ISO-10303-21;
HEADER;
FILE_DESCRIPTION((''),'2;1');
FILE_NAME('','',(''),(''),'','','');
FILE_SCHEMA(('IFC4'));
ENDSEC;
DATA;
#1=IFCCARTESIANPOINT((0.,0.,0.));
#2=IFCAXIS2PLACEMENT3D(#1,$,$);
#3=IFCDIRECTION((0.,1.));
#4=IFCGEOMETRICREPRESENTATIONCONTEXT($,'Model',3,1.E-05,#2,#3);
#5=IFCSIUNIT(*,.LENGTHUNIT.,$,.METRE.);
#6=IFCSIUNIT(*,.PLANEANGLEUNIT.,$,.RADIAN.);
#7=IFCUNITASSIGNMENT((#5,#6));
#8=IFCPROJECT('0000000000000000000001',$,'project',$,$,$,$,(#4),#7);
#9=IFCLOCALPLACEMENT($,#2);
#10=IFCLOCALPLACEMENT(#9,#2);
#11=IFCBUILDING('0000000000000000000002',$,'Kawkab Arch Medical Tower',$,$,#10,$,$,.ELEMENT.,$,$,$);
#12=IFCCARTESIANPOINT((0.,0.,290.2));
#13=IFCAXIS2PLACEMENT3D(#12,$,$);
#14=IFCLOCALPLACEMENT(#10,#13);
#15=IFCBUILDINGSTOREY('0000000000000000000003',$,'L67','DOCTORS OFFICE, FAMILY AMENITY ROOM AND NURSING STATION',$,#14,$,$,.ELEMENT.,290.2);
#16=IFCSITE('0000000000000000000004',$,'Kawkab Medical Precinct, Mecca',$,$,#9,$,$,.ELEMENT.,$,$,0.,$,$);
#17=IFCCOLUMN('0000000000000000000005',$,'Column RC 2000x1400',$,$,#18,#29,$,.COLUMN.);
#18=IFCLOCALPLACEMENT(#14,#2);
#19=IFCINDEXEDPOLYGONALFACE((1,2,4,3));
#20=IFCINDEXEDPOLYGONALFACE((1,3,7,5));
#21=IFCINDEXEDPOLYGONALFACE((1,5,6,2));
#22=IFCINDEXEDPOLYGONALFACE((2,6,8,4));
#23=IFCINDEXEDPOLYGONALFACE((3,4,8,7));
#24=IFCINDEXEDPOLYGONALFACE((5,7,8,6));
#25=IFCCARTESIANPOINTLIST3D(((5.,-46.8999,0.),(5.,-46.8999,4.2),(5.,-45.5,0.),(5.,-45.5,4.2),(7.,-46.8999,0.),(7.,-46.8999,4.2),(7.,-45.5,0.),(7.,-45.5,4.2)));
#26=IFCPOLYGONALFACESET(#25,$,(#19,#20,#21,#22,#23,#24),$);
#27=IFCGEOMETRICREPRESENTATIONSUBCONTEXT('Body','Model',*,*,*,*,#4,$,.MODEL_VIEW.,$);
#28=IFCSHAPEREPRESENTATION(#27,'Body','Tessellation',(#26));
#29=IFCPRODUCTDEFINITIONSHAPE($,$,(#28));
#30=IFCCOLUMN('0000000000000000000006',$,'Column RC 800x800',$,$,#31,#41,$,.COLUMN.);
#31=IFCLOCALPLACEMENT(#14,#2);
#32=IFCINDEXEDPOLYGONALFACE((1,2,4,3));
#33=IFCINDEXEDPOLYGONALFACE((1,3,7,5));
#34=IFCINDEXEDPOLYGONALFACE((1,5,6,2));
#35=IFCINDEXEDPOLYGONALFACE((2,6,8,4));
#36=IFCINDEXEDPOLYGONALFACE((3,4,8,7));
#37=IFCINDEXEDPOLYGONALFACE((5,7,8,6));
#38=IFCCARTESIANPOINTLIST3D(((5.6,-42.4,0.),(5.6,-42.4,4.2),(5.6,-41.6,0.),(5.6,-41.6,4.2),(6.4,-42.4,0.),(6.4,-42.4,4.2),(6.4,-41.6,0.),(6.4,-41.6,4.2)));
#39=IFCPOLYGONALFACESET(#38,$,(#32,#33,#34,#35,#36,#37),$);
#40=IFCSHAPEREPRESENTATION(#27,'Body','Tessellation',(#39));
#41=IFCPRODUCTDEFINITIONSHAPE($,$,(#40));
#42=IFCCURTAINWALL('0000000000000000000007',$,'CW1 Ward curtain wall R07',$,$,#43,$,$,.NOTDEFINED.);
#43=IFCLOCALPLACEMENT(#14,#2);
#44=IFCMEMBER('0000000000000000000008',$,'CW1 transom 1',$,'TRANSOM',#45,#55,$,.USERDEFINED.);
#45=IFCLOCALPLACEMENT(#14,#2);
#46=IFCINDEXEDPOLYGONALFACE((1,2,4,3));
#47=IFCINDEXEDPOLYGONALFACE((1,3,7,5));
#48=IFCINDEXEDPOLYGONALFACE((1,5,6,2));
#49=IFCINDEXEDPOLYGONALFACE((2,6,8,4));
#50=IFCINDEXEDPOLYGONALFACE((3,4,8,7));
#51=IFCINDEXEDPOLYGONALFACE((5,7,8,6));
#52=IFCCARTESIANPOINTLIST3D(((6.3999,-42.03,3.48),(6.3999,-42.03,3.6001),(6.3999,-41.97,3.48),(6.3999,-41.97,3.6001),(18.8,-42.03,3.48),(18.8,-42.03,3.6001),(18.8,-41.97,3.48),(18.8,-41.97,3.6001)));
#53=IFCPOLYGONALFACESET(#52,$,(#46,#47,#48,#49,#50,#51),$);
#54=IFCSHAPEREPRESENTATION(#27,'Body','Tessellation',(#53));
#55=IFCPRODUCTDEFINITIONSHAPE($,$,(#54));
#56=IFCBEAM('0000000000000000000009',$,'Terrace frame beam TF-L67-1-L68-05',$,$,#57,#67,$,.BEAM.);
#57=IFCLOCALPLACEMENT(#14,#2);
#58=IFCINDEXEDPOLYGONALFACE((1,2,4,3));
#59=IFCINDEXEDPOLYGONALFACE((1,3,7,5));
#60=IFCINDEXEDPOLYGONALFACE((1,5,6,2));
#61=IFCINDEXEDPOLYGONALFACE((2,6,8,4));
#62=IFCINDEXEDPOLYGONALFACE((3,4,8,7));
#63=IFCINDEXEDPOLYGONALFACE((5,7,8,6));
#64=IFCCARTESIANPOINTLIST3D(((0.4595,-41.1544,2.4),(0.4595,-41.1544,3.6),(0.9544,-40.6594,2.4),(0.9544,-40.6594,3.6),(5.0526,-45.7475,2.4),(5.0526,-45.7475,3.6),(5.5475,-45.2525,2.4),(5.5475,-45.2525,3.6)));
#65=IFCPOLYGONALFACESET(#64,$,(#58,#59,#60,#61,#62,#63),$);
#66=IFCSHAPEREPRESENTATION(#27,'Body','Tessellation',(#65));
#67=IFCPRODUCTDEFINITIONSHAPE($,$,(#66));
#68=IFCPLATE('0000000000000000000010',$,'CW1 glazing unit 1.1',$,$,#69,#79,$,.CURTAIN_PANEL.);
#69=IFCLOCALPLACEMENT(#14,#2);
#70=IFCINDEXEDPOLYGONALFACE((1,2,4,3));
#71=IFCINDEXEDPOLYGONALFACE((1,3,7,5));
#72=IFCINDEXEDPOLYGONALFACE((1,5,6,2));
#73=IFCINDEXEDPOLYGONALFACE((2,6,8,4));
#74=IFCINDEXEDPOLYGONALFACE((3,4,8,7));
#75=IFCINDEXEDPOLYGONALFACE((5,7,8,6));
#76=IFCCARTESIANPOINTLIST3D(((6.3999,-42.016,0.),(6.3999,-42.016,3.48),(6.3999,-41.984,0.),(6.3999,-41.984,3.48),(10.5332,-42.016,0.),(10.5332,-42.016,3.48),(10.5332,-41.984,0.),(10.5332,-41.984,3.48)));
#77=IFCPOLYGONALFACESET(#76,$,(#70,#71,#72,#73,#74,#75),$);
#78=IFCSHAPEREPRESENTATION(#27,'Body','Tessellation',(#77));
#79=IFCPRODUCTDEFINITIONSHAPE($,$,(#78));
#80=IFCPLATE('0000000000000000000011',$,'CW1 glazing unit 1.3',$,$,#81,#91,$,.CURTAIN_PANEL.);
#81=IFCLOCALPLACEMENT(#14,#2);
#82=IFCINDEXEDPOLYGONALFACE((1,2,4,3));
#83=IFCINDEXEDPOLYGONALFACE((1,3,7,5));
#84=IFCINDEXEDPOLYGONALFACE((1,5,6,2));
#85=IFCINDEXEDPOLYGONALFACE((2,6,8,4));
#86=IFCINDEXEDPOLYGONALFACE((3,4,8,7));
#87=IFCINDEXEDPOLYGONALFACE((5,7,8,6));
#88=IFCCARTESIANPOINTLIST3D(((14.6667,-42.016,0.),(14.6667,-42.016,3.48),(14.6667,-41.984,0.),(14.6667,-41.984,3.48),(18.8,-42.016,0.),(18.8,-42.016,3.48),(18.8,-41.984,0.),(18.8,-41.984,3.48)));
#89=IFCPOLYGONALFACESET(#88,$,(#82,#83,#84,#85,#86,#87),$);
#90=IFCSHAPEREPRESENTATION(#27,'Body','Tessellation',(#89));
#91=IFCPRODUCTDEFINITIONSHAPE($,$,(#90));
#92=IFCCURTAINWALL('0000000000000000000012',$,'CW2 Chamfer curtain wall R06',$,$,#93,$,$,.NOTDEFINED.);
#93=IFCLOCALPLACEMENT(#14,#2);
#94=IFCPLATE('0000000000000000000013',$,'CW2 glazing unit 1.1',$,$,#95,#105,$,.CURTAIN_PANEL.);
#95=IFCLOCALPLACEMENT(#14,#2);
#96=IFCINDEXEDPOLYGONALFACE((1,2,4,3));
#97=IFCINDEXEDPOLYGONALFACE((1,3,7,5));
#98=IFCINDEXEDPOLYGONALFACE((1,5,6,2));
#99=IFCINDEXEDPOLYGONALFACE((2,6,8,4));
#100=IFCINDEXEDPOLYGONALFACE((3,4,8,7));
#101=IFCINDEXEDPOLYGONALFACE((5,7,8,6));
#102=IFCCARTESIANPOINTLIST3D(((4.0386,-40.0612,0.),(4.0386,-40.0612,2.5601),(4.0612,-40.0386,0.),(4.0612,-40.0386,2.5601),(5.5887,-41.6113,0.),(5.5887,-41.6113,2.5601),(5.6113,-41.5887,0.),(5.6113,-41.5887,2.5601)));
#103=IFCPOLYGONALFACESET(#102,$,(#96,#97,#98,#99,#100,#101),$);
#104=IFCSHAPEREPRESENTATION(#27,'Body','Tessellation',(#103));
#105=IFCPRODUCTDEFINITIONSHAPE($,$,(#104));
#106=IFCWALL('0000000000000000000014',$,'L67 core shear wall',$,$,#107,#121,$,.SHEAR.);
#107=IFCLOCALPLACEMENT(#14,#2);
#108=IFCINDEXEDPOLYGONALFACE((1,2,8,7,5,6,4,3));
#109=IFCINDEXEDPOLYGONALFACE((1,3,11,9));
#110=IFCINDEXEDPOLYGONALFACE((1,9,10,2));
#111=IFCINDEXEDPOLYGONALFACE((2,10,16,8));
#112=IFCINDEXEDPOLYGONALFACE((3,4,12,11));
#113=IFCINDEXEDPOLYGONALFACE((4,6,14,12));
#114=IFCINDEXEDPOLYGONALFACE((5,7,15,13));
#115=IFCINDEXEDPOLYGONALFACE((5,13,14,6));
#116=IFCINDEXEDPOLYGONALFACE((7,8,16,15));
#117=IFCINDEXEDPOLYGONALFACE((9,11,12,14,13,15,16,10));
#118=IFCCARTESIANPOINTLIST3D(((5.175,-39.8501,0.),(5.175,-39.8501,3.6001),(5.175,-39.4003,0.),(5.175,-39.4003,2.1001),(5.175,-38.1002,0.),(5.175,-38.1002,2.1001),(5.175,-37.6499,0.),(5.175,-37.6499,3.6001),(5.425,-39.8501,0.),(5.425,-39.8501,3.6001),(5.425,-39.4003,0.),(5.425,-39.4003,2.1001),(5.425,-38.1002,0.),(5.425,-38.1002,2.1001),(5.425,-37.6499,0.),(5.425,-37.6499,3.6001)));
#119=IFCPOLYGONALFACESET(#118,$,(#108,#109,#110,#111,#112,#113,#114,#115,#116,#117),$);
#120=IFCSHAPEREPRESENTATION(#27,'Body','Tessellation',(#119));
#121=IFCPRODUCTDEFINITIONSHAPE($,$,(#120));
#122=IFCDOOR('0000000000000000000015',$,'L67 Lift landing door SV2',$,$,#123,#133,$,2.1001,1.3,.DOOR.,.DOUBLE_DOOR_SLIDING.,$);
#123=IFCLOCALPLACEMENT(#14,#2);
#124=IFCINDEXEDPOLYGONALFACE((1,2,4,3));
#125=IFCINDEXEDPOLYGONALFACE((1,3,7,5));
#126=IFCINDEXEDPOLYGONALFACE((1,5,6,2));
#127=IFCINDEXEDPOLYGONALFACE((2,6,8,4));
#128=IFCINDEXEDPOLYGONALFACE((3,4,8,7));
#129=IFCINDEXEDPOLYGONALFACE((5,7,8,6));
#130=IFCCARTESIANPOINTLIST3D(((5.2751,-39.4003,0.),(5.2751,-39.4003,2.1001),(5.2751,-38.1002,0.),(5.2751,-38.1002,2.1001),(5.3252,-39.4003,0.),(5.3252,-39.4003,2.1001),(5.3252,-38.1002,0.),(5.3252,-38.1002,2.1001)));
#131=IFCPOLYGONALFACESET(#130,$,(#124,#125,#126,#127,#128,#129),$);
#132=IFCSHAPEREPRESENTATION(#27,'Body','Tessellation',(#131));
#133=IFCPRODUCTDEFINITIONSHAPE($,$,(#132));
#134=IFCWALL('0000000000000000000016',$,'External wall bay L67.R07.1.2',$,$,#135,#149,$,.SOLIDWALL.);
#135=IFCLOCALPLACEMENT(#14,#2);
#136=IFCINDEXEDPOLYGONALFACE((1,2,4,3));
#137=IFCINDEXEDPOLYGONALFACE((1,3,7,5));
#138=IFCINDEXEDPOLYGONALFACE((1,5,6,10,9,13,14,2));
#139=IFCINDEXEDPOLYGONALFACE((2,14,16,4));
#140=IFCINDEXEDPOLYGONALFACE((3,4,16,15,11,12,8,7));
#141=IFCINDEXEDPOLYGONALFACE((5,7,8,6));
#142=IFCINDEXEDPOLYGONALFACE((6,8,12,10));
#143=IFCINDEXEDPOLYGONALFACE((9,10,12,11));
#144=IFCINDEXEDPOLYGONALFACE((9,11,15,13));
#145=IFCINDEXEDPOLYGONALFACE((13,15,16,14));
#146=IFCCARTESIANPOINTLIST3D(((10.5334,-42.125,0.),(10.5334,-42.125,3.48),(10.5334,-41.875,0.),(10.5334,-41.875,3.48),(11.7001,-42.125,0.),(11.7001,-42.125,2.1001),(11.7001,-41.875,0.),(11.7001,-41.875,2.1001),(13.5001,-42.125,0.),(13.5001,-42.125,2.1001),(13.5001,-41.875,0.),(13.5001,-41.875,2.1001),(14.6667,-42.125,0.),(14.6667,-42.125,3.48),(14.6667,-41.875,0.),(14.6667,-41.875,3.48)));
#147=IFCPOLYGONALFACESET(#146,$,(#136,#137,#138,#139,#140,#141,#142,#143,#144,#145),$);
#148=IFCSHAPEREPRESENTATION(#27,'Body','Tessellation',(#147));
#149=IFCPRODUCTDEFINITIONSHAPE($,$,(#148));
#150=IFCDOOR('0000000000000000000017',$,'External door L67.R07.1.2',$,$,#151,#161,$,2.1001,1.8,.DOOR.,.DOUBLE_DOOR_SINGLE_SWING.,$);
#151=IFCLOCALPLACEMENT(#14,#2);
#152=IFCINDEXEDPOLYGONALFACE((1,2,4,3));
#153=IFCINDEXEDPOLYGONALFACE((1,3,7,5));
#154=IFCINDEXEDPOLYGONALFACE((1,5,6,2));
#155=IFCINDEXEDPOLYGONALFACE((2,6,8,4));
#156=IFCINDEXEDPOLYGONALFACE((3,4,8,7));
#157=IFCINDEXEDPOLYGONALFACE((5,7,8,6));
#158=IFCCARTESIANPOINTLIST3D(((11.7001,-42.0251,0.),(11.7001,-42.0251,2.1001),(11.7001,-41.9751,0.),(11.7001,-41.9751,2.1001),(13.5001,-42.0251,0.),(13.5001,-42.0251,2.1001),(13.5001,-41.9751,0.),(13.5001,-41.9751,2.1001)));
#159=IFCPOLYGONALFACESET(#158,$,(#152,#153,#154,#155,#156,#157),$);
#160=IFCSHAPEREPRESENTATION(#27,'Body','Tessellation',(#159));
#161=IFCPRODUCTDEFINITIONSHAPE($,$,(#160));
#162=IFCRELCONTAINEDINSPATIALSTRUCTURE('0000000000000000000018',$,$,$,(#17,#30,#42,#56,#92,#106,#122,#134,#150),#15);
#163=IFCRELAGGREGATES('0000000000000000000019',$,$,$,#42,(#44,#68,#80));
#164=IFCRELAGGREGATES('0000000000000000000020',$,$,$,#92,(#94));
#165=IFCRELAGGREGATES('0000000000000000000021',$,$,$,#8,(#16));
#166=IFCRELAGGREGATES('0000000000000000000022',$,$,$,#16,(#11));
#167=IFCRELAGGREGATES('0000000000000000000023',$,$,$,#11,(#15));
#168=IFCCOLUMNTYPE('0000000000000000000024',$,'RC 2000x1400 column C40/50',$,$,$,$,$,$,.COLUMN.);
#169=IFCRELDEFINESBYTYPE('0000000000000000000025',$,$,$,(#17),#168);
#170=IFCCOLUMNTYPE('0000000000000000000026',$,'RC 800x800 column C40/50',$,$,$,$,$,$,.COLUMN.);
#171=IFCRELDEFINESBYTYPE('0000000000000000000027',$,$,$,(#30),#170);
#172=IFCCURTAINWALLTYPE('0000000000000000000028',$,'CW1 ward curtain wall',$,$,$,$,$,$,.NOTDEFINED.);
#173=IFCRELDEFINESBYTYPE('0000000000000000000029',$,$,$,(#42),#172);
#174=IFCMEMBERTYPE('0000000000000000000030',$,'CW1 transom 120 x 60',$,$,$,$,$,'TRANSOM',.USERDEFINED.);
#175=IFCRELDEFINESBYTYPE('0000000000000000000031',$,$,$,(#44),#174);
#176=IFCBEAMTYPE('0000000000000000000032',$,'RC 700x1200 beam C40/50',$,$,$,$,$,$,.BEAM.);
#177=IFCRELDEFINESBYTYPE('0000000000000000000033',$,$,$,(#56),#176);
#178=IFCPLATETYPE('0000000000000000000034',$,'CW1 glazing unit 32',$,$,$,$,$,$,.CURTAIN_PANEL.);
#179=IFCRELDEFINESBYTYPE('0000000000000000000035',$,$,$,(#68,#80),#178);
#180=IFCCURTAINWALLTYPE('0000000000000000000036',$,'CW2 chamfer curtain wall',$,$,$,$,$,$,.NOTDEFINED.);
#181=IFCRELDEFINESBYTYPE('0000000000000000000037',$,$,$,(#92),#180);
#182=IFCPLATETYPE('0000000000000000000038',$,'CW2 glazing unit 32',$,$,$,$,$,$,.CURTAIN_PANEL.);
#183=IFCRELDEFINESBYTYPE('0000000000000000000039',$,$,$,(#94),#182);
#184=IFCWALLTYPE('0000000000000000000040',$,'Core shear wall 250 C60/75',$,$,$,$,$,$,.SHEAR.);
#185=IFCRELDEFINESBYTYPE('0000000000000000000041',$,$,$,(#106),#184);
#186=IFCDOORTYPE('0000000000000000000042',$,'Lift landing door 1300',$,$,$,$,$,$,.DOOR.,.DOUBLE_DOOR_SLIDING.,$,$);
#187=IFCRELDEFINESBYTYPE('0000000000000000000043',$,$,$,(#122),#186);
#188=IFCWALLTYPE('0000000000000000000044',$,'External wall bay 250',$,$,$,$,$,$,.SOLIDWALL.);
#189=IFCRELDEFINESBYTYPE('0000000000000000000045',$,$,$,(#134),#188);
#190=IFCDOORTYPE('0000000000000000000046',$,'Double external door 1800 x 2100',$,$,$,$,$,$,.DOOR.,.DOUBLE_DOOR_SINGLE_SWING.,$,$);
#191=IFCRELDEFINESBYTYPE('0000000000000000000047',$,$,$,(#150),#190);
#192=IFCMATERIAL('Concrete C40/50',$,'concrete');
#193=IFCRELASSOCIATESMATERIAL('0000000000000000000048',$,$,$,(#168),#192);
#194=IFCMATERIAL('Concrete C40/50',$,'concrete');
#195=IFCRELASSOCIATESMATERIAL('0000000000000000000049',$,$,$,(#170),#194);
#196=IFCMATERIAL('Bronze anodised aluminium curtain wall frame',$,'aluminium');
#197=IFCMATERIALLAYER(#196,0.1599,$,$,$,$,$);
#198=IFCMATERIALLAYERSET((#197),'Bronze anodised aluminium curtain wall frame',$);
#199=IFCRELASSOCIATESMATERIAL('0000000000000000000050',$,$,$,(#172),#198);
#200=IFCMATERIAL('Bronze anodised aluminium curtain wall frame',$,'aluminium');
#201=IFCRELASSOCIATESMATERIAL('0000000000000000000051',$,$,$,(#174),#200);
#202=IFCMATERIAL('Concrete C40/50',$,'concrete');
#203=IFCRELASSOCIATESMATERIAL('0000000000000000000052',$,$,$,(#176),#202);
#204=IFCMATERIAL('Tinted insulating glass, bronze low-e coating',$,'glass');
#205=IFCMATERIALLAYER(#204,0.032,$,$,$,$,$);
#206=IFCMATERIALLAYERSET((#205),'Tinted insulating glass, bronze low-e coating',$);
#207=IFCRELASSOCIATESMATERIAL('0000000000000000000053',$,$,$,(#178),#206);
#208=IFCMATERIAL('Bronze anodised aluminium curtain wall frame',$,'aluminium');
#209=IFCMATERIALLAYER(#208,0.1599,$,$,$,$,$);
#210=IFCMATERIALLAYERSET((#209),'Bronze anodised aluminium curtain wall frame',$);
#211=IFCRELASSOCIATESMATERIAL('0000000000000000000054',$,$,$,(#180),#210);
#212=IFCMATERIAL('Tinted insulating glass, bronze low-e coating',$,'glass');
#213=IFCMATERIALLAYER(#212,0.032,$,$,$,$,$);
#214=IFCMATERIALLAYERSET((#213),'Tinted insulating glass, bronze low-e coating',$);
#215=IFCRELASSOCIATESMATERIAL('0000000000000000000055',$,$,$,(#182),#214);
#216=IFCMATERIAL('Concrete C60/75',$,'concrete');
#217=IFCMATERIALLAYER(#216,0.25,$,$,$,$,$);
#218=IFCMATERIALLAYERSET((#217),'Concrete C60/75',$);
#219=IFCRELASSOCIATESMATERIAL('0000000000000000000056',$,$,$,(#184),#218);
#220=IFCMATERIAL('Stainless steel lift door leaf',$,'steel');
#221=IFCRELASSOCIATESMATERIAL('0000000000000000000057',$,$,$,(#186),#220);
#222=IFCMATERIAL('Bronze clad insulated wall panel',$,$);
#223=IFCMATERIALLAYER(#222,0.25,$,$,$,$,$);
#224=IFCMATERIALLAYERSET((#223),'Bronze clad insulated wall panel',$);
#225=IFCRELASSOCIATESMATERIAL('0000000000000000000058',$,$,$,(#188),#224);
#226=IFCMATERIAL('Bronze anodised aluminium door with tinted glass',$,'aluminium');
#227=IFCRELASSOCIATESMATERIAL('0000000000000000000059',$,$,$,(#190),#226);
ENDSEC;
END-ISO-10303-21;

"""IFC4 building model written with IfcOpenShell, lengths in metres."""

from ifc_helpers import new_model, si_unit, direction, frame, frame_2d, origin, origin_2d, place, context, subcontext, project, spatial, rectangle, extrude, material, layer, layer_set, material_profile, profile_set, type_object, element, fill, aggregate, save


model = new_model("IFC4")

# Units and contexts
model_context = context("Model", 3, precision=1e-05, world=origin(), true_north=direction((0.0, 1.0)))
body_context = subcontext(model_context, "Body", "Model", "MODEL_VIEW")
ifc_project = project(units=[si_unit("LENGTHUNIT", "METRE"), si_unit("PLANEANGLEUNIT", "RADIAN")], contexts=[model_context])

# Site, building, storey
site_placement = place(None, origin())
site = spatial("IfcSite", under=ifc_project, at=site_placement, Name="Kawkab Medical Precinct, Mecca", CompositionType="ELEMENT", RefElevation=0.0)
building_placement = place(site_placement, origin())
building = spatial("IfcBuilding", under=site, at=building_placement, Name="Kawkab Arch Medical Tower", CompositionType="ELEMENT")
storey_placement = place(building_placement, frame((0.0, 0.0, 290.2)))
storey = spatial("IfcBuildingStorey", under=building, at=storey_placement, Name="L67", Description="DOCTORS OFFICE, FAMILY AMENITY ROOM AND NURSING STATION", CompositionType="ELEMENT", Elevation=290.2)

# Columns
ifc_material_1 = material(Name="Concrete C40/50", Category="concrete")
ifc_material_profile_1 = material_profile(ifc_material_1, rectangle(XDim=2.0, YDim=1.3999, at=origin_2d()), Name="RC 2000x1400")
ifc_profile_set_1 = profile_set([ifc_material_profile_1], Name="Concrete C40/50")
column_type_1 = type_object("IfcColumnType", Name="RC 2000x1400 column C40/50", PredefinedType="COLUMN", material=ifc_profile_set_1)
column_1_placement = place(storey_placement, frame((6.0, -46.2, 0.0), z_axis=(0.0, 0.0, 1.0), x_axis=(-1.0, 0.0, 0.0)))
element("IfcColumn", 1, at=column_1_placement, inside=storey, type_object=column_type_1, Name="Column RC 2000x1400", PredefinedType="COLUMN", context=body_context, shape_type="SweptSolid", body=[
    extrude(rectangle(XDim=2.0, YDim=1.3999, at=origin_2d()), origin(), (0.0, 0.0, 1.0), 4.2),
])
ifc_material_2 = material(Name="Concrete C40/50", Category="concrete")
ifc_material_profile_2 = material_profile(ifc_material_2, rectangle(XDim=0.8, YDim=0.8, at=origin_2d()), Name="RC 800x800")
ifc_profile_set_2 = profile_set([ifc_material_profile_2], Name="Concrete C40/50")
column_type_2 = type_object("IfcColumnType", Name="RC 800x800 column C40/50", PredefinedType="COLUMN", material=ifc_profile_set_2)
column_2_placement = place(storey_placement, frame((6.0, -42.0, 0.0), z_axis=(0.0, 0.0, 1.0), x_axis=(1.0, 0.0, 0.0)))
element("IfcColumn", 2, at=column_2_placement, inside=storey, type_object=column_type_2, Name="Column RC 800x800", PredefinedType="COLUMN", context=body_context, shape_type="SweptSolid", body=[
    extrude(rectangle(XDim=0.8, YDim=0.8, at=origin_2d()), origin(), (0.0, 0.0, 1.0), 4.2),
])

# Curtain wall, member
ifc_material_3 = material(Name="Bronze anodised aluminium curtain wall frame", Category="aluminium")
ifc_layer_1 = layer(ifc_material_3, 0.1599)
ifc_layer_set_1 = layer_set([ifc_layer_1], Name="Bronze anodised aluminium curtain wall frame")
curtain_wall_type_1 = type_object("IfcCurtainWallType", Name="CW1 ward curtain wall", PredefinedType="NOTDEFINED", material=ifc_layer_set_1)
placement = place(storey_placement, origin())
curtain_wall_1 = element("IfcCurtainWall", 3, at=placement, inside=storey, type_object=curtain_wall_type_1, Name="CW1 Ward curtain wall R07", PredefinedType="NOTDEFINED")
ifc_material_4 = material(Name="Bronze anodised aluminium curtain wall frame", Category="aluminium")
ifc_material_profile_3 = material_profile(ifc_material_4, rectangle(XDim=0.0601, YDim=0.1201, at=origin_2d()), Name="AL 60x120")
ifc_profile_set_3 = profile_set([ifc_material_profile_3], Name="Bronze anodised aluminium curtain wall frame")
member_type = type_object("IfcMemberType", Name="CW1 transom 120 x 60", ElementType="TRANSOM", PredefinedType="USERDEFINED", material=ifc_profile_set_3)
member_placement = place(storey_placement, frame((6.3999, -42.0, 3.54), z_axis=(1.0, 0.0, 0.0), x_axis=(0.0, 1.0, 0.0)))
member = element("IfcMember", 4, at=member_placement, type_object=member_type, Name="CW1 transom 1", ObjectType="TRANSOM", PredefinedType="USERDEFINED", context=body_context, shape_type="SweptSolid", body=[
    extrude(rectangle(XDim=0.0601, YDim=0.1201, at=origin_2d()), origin(), (0.0, 0.0, 1.0), 12.4001),
])

# Beam
ifc_material_5 = material(Name="Concrete C40/50", Category="concrete")
ifc_material_profile_4 = material_profile(ifc_material_5, rectangle(XDim=0.7, YDim=1.2, at=origin_2d()), Name="RC 700x1200")
ifc_profile_set_4 = profile_set([ifc_material_profile_4], Name="Concrete C40/50")
beam_type = type_object("IfcBeamType", Name="RC 700x1200 beam C40/50", PredefinedType="BEAM", material=ifc_profile_set_4)
beam_placement = place(storey_placement, frame((5.3, -45.5, 3.0), z_axis=(-0.707107, 0.707107, 0.0), x_axis=(-0.707107, -0.707107, 0.0)))
element("IfcBeam", 5, at=beam_placement, inside=storey, type_object=beam_type, Name="Terrace frame beam TF-L67-1-L68-05", PredefinedType="BEAM", context=body_context, shape_type="SweptSolid", body=[
    extrude(rectangle(XDim=0.7, YDim=1.2, at=origin_2d()), origin(), (0.0, 0.0, 1.0), 6.4956),
])

# Plates
ifc_material_6 = material(Name="Tinted insulating glass, bronze low-e coating", Category="glass")
ifc_layer_2 = layer(ifc_material_6, 0.032)
ifc_layer_set_2 = layer_set([ifc_layer_2], Name="Tinted insulating glass, bronze low-e coating")
plate_type_1 = type_object("IfcPlateType", Name="CW1 glazing unit 32", PredefinedType="CURTAIN_PANEL", material=ifc_layer_set_2)
plate_1_placement = place(storey_placement, frame((8.4666, -42.0, 0.0), z_axis=(0.0, 0.0, 1.0), x_axis=(1.0, 0.0, 0.0)))
plate_1 = element("IfcPlate", 6, at=plate_1_placement, type_object=plate_type_1, Name="CW1 glazing unit 1.1", PredefinedType="CURTAIN_PANEL", context=body_context, shape_type="SweptSolid", body=[
    extrude(rectangle(XDim=4.1333, YDim=0.032, at=origin_2d()), origin(), (0.0, 0.0, 1.0), 3.48),
])
plate_2_placement = place(storey_placement, frame((16.7334, -42.0, 0.0), z_axis=(0.0, 0.0, 1.0), x_axis=(1.0, 0.0, 0.0)))
plate_2 = element("IfcPlate", 7, at=plate_2_placement, type_object=plate_type_1, Name="CW1 glazing unit 1.3", PredefinedType="CURTAIN_PANEL", context=body_context, shape_type="SweptSolid", body=[
    extrude(rectangle(XDim=4.1333, YDim=0.032, at=origin_2d()), origin(), (0.0, 0.0, 1.0), 3.48),
])
aggregate(curtain_wall_1, [member, plate_1, plate_2])

# Curtain wall, plate
ifc_material_7 = material(Name="Bronze anodised aluminium curtain wall frame", Category="aluminium")
ifc_layer_3 = layer(ifc_material_7, 0.1599)
ifc_layer_set_3 = layer_set([ifc_layer_3], Name="Bronze anodised aluminium curtain wall frame")
curtain_wall_type_2 = type_object("IfcCurtainWallType", Name="CW2 chamfer curtain wall", PredefinedType="NOTDEFINED", material=ifc_layer_set_3)
curtain_wall_2 = element("IfcCurtainWall", 8, at=placement, inside=storey, type_object=curtain_wall_type_2, Name="CW2 Chamfer curtain wall R06", PredefinedType="NOTDEFINED")
ifc_material_8 = material(Name="Tinted insulating glass, bronze low-e coating", Category="glass")
ifc_layer_4 = layer(ifc_material_8, 0.032)
ifc_layer_set_4 = layer_set([ifc_layer_4], Name="Tinted insulating glass, bronze low-e coating")
plate_type_2 = type_object("IfcPlateType", Name="CW2 glazing unit 32", PredefinedType="CURTAIN_PANEL", material=ifc_layer_set_4)
plate_3_placement = place(storey_placement, frame((4.825, -40.825, 0.0), z_axis=(0.0, 0.0, 1.0), x_axis=(0.707107, -0.707107, 0.0)))
plate_3 = element("IfcPlate", 9, at=plate_3_placement, type_object=plate_type_2, Name="CW2 glazing unit 1.1", PredefinedType="CURTAIN_PANEL", context=body_context, shape_type="SweptSolid", body=[
    extrude(rectangle(XDim=2.1921, YDim=0.032, at=origin_2d()), origin(), (0.0, 0.0, 1.0), 2.5601),
])
aggregate(curtain_wall_2, [plate_3])

# Walls, openings, doors
ifc_material_9 = material(Name="Concrete C60/75", Category="concrete")
ifc_layer_5 = layer(ifc_material_9, 0.25)
ifc_layer_set_5 = layer_set([ifc_layer_5], Name="Concrete C60/75")
wall_type_1 = type_object("IfcWallType", Name="Core shear wall 250 C60/75", PredefinedType="SHEAR", material=ifc_layer_set_5)
wall_1_placement = place(storey_placement, frame((5.3, -39.8501, 0.0), z_axis=(0.0, 0.0, 1.0), x_axis=(0.0, 1.0, 0.0)))
wall_1 = element("IfcWall", 10, at=wall_1_placement, inside=storey, type_object=wall_type_1, Name="L67 core shear wall", PredefinedType="SHEAR", context=body_context, shape_type="SweptSolid", body=[
    extrude(rectangle(XDim=2.2002, YDim=0.25, at=frame_2d((1.1001, 0.0))), origin(), (0.0, 0.0, 1.0), 3.6001),
])
opening_1_placement = place(wall_1_placement, frame((0.45, 0.0, 0.0)))
opening_1 = element("IfcOpeningElement", 11, at=opening_1_placement, cuts=wall_1, PredefinedType="OPENING", context=body_context, shape_type="SweptSolid", body=[
    extrude(rectangle(XDim=1.3, YDim=2.1001, at=frame_2d((0.6499, 1.05))), frame((0.0, 0.135, 0.0), z_axis=(0.0, -1.0, 0.0), x_axis=(1.0, 0.0, 0.0)), (0.0, 0.0, 1.0), 0.27),
])
ifc_material_10 = material(Name="Stainless steel lift door leaf", Category="steel")
door_type_1 = type_object("IfcDoorType", Name="Lift landing door 1300", OperationType="DOUBLE_DOOR_SLIDING", PredefinedType="DOOR", material=ifc_material_10)
door_1_placement = place(opening_1_placement, origin())
door_1 = element("IfcDoor", 12, at=door_1_placement, inside=storey, type_object=door_type_1, Name="L67 Lift landing door SV2", OperationType="DOUBLE_DOOR_SLIDING", OverallHeight=2.1001, OverallWidth=1.3, PredefinedType="DOOR", context=body_context, shape_type="SweptSolid", body=[
    extrude(rectangle(XDim=1.3, YDim=2.1001, at=frame_2d((0.6499, 1.05))), frame((0.0, 0.0249, 0.0), z_axis=(0.0, -1.0, 0.0), x_axis=(1.0, 0.0, 0.0)), (0.0, 0.0, 1.0), 0.05),
])
fill(opening_1, door_1)
ifc_material_11 = material(Name="Bronze clad insulated wall panel")
ifc_layer_6 = layer(ifc_material_11, 0.25)
ifc_layer_set_6 = layer_set([ifc_layer_6], Name="Bronze clad insulated wall panel")
wall_type_2 = type_object("IfcWallType", Name="External wall bay 250", PredefinedType="SOLIDWALL", material=ifc_layer_set_6)
wall_2_placement = place(storey_placement, frame((10.5334, -42.0, 0.0), z_axis=(0.0, 0.0, 1.0), x_axis=(1.0, 0.0, 0.0)))
wall_2 = element("IfcWall", 13, at=wall_2_placement, inside=storey, type_object=wall_type_2, Name="External wall bay L67.R07.1.2", PredefinedType="SOLIDWALL", context=body_context, shape_type="SweptSolid", body=[
    extrude(rectangle(XDim=4.1333, YDim=0.25, at=frame_2d((2.0667, 0.0))), origin(), (0.0, 0.0, 1.0), 3.48),
])
opening_2_placement = place(wall_2_placement, frame((1.1667, 0.0, 0.0)))
opening_2 = element("IfcOpeningElement", 14, at=opening_2_placement, cuts=wall_2, PredefinedType="OPENING", context=body_context, shape_type="SweptSolid", body=[
    extrude(rectangle(XDim=1.8, YDim=2.1001, at=frame_2d((0.8999, 1.05))), frame((0.0, 0.135, 0.0), z_axis=(0.0, -1.0, 0.0), x_axis=(1.0, 0.0, 0.0)), (0.0, 0.0, 1.0), 0.27),
])
ifc_material_12 = material(Name="Bronze anodised aluminium door with tinted glass", Category="aluminium")
door_type_2 = type_object("IfcDoorType", Name="Double external door 1800 x 2100", OperationType="DOUBLE_DOOR_SINGLE_SWING", PredefinedType="DOOR", material=ifc_material_12)
door_2_placement = place(opening_2_placement, origin())
door_2 = element("IfcDoor", 15, at=door_2_placement, inside=storey, type_object=door_type_2, Name="External door L67.R07.1.2", OperationType="DOUBLE_DOOR_SINGLE_SWING", OverallHeight=2.1001, OverallWidth=1.8, PredefinedType="DOOR", context=body_context, shape_type="SweptSolid", body=[
    extrude(rectangle(XDim=1.8, YDim=2.1001, at=frame_2d((0.8999, 1.05))), frame((0.0, 0.0249, 0.0), z_axis=(0.0, -1.0, 0.0), x_axis=(1.0, 0.0, 0.0)), (0.0, 0.0, 1.0), 0.05),
])
fill(opening_2, door_2)

save(model, "model.ifc")
